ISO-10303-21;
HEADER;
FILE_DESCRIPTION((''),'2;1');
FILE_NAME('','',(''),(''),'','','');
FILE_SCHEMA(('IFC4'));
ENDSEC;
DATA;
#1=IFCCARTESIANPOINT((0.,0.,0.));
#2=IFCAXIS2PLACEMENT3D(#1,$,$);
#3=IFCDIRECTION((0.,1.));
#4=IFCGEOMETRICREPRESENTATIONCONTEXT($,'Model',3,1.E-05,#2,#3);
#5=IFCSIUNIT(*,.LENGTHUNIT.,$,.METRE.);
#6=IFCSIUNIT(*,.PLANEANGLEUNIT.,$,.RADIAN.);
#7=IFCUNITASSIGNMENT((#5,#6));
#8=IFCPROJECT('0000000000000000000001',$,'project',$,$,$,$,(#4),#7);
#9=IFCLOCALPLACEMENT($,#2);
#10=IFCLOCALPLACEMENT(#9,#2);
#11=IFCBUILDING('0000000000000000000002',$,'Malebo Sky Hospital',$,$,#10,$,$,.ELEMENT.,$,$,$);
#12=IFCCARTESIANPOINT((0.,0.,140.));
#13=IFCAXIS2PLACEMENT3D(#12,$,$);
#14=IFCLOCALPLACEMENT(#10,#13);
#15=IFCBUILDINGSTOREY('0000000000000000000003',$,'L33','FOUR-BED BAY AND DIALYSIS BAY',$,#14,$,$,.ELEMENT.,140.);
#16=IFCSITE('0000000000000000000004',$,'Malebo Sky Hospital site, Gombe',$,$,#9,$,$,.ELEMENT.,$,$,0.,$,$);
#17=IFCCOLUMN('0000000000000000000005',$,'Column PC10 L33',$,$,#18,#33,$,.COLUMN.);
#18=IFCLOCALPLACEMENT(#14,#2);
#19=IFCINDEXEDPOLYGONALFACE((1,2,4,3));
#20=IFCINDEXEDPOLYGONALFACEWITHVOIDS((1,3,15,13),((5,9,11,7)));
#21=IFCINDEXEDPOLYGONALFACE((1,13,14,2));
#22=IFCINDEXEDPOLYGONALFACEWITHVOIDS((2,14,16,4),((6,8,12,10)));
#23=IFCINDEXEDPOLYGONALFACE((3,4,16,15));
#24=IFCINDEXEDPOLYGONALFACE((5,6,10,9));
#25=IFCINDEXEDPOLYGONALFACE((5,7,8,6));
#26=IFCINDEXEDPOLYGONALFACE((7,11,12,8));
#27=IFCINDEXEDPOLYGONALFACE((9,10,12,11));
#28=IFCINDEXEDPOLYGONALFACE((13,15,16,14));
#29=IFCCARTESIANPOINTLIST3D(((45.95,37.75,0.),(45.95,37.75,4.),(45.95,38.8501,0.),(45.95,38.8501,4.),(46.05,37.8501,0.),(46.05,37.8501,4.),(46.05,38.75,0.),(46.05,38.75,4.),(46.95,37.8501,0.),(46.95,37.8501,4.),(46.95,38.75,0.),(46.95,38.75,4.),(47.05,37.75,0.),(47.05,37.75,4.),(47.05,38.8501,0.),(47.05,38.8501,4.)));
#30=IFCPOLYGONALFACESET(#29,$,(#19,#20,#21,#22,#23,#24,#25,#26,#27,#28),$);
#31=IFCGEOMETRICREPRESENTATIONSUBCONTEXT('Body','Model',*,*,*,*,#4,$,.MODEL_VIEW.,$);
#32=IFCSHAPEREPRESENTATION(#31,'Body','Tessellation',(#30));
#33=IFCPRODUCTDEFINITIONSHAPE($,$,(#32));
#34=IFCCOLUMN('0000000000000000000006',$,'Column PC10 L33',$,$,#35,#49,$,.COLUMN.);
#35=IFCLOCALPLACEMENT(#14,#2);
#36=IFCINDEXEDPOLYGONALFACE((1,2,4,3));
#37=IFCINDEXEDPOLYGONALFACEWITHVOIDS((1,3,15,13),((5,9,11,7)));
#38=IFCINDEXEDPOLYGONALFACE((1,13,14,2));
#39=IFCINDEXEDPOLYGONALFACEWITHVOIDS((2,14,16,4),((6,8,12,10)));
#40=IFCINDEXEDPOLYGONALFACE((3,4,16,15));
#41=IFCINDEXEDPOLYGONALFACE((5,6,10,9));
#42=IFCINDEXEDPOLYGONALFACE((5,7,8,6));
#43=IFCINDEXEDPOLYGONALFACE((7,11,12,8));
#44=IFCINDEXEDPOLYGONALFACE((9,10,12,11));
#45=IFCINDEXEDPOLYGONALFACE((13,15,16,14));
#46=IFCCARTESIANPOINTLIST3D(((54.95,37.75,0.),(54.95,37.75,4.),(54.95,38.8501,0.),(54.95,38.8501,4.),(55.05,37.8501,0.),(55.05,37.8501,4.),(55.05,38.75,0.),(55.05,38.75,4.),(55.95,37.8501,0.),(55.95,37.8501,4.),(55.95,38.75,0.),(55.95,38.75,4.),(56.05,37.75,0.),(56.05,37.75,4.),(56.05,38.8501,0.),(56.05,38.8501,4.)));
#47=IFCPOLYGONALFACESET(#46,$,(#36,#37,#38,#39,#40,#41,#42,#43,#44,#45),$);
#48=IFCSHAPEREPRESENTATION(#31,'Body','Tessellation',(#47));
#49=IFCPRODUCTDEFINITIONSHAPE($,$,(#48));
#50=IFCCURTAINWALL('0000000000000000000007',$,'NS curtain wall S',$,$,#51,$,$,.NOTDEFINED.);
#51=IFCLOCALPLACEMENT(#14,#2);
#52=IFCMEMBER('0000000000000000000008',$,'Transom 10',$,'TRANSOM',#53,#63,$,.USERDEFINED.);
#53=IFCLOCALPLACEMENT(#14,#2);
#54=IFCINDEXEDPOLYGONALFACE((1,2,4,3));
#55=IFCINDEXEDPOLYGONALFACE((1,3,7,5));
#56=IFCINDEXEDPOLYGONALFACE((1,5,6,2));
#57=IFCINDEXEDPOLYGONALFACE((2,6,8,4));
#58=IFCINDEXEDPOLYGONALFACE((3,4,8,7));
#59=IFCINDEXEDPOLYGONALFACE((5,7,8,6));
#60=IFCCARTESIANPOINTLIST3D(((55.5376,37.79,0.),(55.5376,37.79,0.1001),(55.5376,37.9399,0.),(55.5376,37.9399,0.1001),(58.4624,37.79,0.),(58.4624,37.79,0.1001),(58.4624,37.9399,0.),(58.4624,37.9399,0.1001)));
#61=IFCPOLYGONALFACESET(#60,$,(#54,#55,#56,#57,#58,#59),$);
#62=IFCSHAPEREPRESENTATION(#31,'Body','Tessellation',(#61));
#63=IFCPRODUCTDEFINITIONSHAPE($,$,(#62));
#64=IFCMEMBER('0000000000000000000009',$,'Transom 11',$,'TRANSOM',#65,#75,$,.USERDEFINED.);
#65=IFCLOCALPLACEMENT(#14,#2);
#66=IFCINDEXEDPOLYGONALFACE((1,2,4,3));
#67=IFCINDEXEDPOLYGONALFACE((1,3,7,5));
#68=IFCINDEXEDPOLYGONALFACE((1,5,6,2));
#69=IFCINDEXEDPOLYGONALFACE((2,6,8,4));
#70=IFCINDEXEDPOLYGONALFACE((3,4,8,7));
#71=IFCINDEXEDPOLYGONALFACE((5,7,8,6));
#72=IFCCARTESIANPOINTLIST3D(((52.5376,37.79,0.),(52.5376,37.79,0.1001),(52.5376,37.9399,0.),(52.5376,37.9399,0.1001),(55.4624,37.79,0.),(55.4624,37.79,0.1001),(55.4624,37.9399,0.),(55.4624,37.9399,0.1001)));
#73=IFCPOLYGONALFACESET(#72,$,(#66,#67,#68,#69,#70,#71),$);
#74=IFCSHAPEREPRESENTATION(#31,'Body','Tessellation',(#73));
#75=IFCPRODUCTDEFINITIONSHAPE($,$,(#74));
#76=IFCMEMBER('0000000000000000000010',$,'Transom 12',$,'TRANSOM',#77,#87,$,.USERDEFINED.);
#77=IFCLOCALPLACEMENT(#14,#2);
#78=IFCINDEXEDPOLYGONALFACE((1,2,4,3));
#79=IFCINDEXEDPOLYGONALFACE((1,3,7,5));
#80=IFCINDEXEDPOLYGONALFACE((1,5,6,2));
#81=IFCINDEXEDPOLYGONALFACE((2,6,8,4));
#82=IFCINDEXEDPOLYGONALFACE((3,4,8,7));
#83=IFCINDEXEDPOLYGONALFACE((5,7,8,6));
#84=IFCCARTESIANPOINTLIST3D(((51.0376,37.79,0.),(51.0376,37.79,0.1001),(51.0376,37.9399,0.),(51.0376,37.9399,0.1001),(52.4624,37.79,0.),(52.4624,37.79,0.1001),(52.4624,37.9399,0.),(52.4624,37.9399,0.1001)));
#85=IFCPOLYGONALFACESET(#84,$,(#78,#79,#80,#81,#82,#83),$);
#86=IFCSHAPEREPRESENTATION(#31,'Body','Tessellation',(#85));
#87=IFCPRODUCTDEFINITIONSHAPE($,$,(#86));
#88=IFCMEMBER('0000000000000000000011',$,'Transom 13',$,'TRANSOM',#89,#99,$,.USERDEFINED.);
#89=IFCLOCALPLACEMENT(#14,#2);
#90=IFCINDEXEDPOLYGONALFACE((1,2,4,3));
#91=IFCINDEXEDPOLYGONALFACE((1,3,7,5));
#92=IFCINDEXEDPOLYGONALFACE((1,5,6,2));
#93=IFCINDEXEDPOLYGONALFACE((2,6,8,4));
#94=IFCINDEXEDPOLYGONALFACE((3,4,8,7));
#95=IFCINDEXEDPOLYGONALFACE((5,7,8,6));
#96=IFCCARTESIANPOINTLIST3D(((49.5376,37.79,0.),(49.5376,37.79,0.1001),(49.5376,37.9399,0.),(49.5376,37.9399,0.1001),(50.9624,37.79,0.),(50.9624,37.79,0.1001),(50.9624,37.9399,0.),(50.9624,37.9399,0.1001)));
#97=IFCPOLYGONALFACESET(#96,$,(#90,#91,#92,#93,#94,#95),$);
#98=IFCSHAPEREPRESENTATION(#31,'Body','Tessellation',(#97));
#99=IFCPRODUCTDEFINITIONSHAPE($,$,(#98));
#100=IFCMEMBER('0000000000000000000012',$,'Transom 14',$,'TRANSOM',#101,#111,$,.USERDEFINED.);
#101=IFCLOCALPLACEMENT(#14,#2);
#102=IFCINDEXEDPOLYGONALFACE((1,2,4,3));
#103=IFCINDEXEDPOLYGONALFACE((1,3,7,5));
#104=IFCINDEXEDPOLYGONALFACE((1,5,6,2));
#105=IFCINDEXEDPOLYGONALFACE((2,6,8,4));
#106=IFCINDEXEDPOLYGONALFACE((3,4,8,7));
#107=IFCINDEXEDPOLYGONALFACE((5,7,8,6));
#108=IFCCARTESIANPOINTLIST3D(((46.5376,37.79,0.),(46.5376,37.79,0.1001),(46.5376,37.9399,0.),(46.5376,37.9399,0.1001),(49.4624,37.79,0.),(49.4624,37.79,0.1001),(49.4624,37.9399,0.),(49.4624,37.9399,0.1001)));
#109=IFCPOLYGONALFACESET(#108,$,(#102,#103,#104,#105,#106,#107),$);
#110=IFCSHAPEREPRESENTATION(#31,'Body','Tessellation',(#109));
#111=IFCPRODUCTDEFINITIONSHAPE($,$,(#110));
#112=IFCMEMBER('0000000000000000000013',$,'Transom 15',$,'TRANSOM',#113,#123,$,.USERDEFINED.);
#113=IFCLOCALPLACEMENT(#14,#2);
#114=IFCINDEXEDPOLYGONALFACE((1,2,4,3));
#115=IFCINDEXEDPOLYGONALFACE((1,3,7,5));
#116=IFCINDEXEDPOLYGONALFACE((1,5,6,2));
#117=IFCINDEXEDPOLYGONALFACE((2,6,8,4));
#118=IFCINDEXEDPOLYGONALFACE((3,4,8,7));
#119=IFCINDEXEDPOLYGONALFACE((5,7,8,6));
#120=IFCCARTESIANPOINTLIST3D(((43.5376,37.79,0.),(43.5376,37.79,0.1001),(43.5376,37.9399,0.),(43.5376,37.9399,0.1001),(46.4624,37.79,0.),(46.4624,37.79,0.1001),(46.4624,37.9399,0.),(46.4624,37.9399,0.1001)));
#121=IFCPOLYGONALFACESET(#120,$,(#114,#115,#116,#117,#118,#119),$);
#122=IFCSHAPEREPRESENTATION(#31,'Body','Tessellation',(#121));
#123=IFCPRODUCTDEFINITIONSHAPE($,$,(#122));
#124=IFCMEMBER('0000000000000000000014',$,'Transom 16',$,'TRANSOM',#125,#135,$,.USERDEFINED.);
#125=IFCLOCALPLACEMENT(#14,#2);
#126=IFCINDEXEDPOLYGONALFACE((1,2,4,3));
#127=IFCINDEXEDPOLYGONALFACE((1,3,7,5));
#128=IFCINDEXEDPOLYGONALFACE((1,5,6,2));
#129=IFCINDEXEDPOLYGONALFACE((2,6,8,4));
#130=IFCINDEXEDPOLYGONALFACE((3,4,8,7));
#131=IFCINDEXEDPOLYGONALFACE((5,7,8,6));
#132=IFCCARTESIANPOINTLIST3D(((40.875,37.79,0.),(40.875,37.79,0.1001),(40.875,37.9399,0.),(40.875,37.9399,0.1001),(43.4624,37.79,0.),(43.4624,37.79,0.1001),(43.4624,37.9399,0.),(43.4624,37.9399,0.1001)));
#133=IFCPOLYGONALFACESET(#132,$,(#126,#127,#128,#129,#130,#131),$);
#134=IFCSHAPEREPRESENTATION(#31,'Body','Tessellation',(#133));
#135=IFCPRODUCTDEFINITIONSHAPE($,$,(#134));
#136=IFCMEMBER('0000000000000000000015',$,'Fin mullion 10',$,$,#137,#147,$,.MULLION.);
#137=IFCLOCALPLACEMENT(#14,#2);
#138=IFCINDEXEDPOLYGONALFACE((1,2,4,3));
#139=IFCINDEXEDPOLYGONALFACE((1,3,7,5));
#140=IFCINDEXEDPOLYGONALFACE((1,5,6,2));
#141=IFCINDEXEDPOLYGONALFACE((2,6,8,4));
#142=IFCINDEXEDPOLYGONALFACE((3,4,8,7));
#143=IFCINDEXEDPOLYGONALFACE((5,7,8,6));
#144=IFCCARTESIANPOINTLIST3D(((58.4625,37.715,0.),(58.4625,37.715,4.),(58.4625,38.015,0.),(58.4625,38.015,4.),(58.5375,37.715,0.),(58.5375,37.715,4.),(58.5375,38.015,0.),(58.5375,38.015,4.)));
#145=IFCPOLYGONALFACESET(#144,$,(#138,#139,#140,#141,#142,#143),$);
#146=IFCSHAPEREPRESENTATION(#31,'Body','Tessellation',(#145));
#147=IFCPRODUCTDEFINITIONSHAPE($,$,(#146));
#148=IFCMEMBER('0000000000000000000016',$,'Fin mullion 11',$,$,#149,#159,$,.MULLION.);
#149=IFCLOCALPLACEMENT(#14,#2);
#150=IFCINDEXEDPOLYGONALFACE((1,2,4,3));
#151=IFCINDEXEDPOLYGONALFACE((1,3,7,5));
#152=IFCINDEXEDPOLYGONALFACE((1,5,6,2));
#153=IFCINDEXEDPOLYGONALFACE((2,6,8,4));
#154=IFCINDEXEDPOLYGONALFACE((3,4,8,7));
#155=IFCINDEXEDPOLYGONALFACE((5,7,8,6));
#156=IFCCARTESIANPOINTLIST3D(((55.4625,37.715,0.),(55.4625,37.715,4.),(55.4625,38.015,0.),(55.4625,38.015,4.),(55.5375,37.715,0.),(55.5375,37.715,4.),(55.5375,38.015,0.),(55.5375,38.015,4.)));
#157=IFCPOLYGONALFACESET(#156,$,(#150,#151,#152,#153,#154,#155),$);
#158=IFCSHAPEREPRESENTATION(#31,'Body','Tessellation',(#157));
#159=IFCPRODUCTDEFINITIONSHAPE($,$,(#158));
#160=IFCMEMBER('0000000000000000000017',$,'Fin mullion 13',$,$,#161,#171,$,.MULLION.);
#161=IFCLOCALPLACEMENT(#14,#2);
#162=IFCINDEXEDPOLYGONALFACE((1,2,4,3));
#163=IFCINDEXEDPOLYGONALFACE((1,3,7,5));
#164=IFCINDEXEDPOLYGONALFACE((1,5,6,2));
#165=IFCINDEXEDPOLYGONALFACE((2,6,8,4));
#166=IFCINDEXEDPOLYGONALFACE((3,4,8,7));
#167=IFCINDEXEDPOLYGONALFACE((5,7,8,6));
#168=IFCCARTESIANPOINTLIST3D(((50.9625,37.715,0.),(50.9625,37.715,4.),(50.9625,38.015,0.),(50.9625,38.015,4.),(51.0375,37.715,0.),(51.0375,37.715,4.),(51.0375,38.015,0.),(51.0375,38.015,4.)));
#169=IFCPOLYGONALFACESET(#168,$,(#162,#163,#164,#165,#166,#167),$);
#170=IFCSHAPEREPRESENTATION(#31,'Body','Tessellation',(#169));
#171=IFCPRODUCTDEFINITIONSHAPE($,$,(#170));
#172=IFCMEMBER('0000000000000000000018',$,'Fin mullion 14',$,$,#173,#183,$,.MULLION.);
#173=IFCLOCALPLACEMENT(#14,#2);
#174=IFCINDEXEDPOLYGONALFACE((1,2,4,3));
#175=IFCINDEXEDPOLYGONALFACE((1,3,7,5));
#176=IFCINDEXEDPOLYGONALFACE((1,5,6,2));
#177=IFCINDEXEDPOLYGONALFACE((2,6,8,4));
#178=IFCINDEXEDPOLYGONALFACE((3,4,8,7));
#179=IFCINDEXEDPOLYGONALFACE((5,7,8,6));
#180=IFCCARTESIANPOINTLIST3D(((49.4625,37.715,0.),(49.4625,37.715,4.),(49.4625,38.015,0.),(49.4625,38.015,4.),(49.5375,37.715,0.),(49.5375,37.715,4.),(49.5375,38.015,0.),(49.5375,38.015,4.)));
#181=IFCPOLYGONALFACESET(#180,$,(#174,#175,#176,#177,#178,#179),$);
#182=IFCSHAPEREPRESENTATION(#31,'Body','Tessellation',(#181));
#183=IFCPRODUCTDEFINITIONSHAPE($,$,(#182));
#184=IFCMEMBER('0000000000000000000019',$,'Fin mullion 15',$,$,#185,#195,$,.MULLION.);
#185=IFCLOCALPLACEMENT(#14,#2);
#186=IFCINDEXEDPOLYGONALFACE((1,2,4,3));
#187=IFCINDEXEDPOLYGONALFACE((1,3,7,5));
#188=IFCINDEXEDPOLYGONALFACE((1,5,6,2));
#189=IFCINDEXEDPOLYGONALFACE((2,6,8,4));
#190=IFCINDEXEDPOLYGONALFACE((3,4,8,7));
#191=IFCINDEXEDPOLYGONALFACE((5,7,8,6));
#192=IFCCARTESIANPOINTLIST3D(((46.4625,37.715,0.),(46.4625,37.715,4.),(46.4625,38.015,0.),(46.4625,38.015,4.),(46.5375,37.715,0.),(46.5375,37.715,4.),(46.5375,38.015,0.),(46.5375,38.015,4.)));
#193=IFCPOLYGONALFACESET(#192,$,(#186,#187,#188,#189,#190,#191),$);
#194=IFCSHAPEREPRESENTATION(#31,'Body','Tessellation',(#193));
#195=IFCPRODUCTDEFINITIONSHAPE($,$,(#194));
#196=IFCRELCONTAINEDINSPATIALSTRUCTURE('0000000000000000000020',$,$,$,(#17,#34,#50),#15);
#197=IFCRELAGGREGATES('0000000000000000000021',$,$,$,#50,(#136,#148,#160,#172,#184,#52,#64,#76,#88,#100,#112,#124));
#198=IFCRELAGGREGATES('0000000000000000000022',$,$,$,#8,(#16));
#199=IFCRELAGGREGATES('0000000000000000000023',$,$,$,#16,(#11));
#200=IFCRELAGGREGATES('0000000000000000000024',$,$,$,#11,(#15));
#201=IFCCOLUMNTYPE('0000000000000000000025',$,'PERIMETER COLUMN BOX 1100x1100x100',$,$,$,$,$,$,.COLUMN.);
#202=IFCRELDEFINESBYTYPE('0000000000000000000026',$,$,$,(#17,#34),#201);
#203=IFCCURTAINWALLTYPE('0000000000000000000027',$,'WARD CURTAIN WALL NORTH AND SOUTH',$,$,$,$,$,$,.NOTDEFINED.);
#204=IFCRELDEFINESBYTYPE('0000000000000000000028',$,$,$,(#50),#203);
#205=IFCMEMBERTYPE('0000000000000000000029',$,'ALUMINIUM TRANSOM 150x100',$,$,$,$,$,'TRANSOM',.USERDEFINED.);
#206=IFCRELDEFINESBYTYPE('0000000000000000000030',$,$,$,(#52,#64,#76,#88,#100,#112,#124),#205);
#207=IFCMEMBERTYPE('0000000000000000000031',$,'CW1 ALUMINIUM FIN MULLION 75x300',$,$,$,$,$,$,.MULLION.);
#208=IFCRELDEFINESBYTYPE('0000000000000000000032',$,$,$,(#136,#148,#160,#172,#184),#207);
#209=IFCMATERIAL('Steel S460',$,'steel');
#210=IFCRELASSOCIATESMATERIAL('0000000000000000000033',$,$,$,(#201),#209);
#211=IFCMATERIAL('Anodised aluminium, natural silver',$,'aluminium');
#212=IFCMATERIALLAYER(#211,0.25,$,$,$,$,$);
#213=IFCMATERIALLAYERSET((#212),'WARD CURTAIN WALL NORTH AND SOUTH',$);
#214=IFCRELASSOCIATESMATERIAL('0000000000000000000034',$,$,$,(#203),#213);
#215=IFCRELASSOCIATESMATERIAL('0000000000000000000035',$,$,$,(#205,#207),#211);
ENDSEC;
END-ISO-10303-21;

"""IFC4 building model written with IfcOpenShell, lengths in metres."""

from ifc_helpers import new_model, si_unit, direction, frame, origin, origin_2d, place, context, subcontext, project, spatial, rectangle, hollow_rectangle, extrude, material, layer, layer_set, material_profile, profile_set, type_object, element, aggregate, save


model = new_model("IFC4")

# Units and contexts
model_context = context("Model", 3, precision=1e-05, world=origin(), true_north=direction((0.0, 1.0)))
body_context = subcontext(model_context, "Body", "Model", "MODEL_VIEW")
ifc_project = project(units=[si_unit("LENGTHUNIT", "METRE"), si_unit("PLANEANGLEUNIT", "RADIAN")], contexts=[model_context])

# Site, building, storey
site_placement = place(None, origin())
site = spatial("IfcSite", under=ifc_project, at=site_placement, Name="Malebo Sky Hospital site, Gombe", CompositionType="ELEMENT", RefElevation=0.0)
building_placement = place(site_placement, origin())
building = spatial("IfcBuilding", under=site, at=building_placement, Name="Malebo Sky Hospital", CompositionType="ELEMENT")
storey_placement = place(building_placement, frame((0.0, 0.0, 140.0)))
storey = spatial("IfcBuildingStorey", under=building, at=storey_placement, Name="L33", Description="FOUR-BED BAY AND DIALYSIS BAY", CompositionType="ELEMENT", Elevation=140.0)

# Columns
ifc_material_1 = material(Name="Steel S460", Category="steel")
ifc_material_profile_1 = material_profile(ifc_material_1, hollow_rectangle(XDim=1.1001, YDim=1.1001, WallThickness=0.1001, at=origin_2d()), Name="BOX 1100x1100x100")
ifc_profile_set_1 = profile_set([ifc_material_profile_1], Name="Steel S460")
column_type = type_object("IfcColumnType", Name="PERIMETER COLUMN BOX 1100x1100x100", PredefinedType="COLUMN", material=ifc_profile_set_1)
for number, where, z_axis, x_axis, name in (
    (1, (46.5, 38.3, 0.0), (0.0, 0.0, 1.0), (1.0, 0.0, 0.0), "Column PC10 L33"),
    (2, (55.5, 38.3, 0.0), (0.0, 0.0, 1.0), (1.0, 0.0, 0.0), "Column PC10 L33"),
):
    element("IfcColumn", number, at=place(storey_placement, frame(where, z_axis=z_axis, x_axis=x_axis)), inside=storey, type_object=column_type, Name=name, PredefinedType="COLUMN", context=body_context, shape_type="SweptSolid", body=[
        extrude(hollow_rectangle(XDim=1.1001, YDim=1.1001, WallThickness=0.1001, at=origin_2d()), origin(), (0.0, 0.0, 1.0), 4.0),
    ])

# Curtain wall, members
ifc_material_2 = material(Name="Anodised aluminium, natural silver", Category="aluminium")
ifc_layer_1 = layer(ifc_material_2, 0.25)
ifc_layer_set_1 = layer_set([ifc_layer_1], Name="WARD CURTAIN WALL NORTH AND SOUTH")
curtain_wall_type = type_object("IfcCurtainWallType", Name="WARD CURTAIN WALL NORTH AND SOUTH", PredefinedType="NOTDEFINED", material=ifc_layer_set_1)
curtain_wall_placement = place(storey_placement, origin())
curtain_wall = element("IfcCurtainWall", 3, at=curtain_wall_placement, inside=storey, type_object=curtain_wall_type, Name="NS curtain wall S", PredefinedType="NOTDEFINED")
ifc_material_profile_2 = material_profile(ifc_material_2, rectangle(XDim=0.1499, YDim=0.1001, at=origin_2d()), Name="ALUMINIUM TRANSOM 150x100")
ifc_profile_set_2 = profile_set([ifc_material_profile_2], Name="Anodised aluminium, natural silver")
member_type_1 = type_object("IfcMemberType", Name="ALUMINIUM TRANSOM 150x100", ElementType="TRANSOM", PredefinedType="USERDEFINED", material=ifc_profile_set_2)
member_1_placement = place(storey_placement, frame((58.4624, 37.865, 0.05), z_axis=(-1.0, 0.0, 0.0), x_axis=(0.0, -1.0, 0.0)))
member_1 = element("IfcMember", 4, at=member_1_placement, type_object=member_type_1, Name="Transom 10", ObjectType="TRANSOM", PredefinedType="USERDEFINED", context=body_context, shape_type="SweptSolid", body=[
    extrude(rectangle(XDim=0.1499, YDim=0.1001, at=origin_2d()), origin(), (0.0, 0.0, 1.0), 2.9248),
])
member_2_placement = place(storey_placement, frame((55.4624, 37.865, 0.05), z_axis=(-1.0, 0.0, 0.0), x_axis=(0.0, -1.0, 0.0)))
member_2 = element("IfcMember", 5, at=member_2_placement, type_object=member_type_1, Name="Transom 11", ObjectType="TRANSOM", PredefinedType="USERDEFINED", context=body_context, shape_type="SweptSolid", body=[
    extrude(rectangle(XDim=0.1499, YDim=0.1001, at=origin_2d()), origin(), (0.0, 0.0, 1.0), 2.9248),
])
member_3_placement = place(storey_placement, frame((52.4624, 37.865, 0.05), z_axis=(-1.0, 0.0, 0.0), x_axis=(0.0, -1.0, 0.0)))
member_3 = element("IfcMember", 6, at=member_3_placement, type_object=member_type_1, Name="Transom 12", ObjectType="TRANSOM", PredefinedType="USERDEFINED", context=body_context, shape_type="SweptSolid", body=[
    extrude(rectangle(XDim=0.1499, YDim=0.1001, at=origin_2d()), origin(), (0.0, 0.0, 1.0), 1.4248),
])
member_4_placement = place(storey_placement, frame((50.9624, 37.865, 0.05), z_axis=(-1.0, 0.0, 0.0), x_axis=(0.0, -1.0, 0.0)))
member_4 = element("IfcMember", 7, at=member_4_placement, type_object=member_type_1, Name="Transom 13", ObjectType="TRANSOM", PredefinedType="USERDEFINED", context=body_context, shape_type="SweptSolid", body=[
    extrude(rectangle(XDim=0.1499, YDim=0.1001, at=origin_2d()), origin(), (0.0, 0.0, 1.0), 1.4248),
])
member_5_placement = place(storey_placement, frame((49.4624, 37.865, 0.05), z_axis=(-1.0, 0.0, 0.0), x_axis=(0.0, -1.0, 0.0)))
member_5 = element("IfcMember", 8, at=member_5_placement, type_object=member_type_1, Name="Transom 14", ObjectType="TRANSOM", PredefinedType="USERDEFINED", context=body_context, shape_type="SweptSolid", body=[
    extrude(rectangle(XDim=0.1499, YDim=0.1001, at=origin_2d()), origin(), (0.0, 0.0, 1.0), 2.9248),
])
member_6_placement = place(storey_placement, frame((46.4624, 37.865, 0.05), z_axis=(-1.0, 0.0, 0.0), x_axis=(0.0, -1.0, 0.0)))
member_6 = element("IfcMember", 9, at=member_6_placement, type_object=member_type_1, Name="Transom 15", ObjectType="TRANSOM", PredefinedType="USERDEFINED", context=body_context, shape_type="SweptSolid", body=[
    extrude(rectangle(XDim=0.1499, YDim=0.1001, at=origin_2d()), origin(), (0.0, 0.0, 1.0), 2.9248),
])
member_7_placement = place(storey_placement, frame((43.4624, 37.865, 0.05), z_axis=(-1.0, 0.0, 0.0), x_axis=(0.0, -1.0, 0.0)))
member_7 = element("IfcMember", 10, at=member_7_placement, type_object=member_type_1, Name="Transom 16", ObjectType="TRANSOM", PredefinedType="USERDEFINED", context=body_context, shape_type="SweptSolid", body=[
    extrude(rectangle(XDim=0.1499, YDim=0.1001, at=origin_2d()), origin(), (0.0, 0.0, 1.0), 2.5874),
])
ifc_material_profile_3 = material_profile(ifc_material_2, rectangle(XDim=0.075, YDim=0.3, at=origin_2d()), Name="CW1 ALUMINIUM FIN MULLION 75x300")
ifc_profile_set_3 = profile_set([ifc_material_profile_3], Name="Anodised aluminium, natural silver")
member_type_2 = type_object("IfcMemberType", Name="CW1 ALUMINIUM FIN MULLION 75x300", PredefinedType="MULLION", material=ifc_profile_set_3)
member_8_placement = place(storey_placement, frame((58.5, 37.865, 0.0), z_axis=(0.0, 0.0, 1.0), x_axis=(-1.0, 0.0, 0.0)))
member_8 = element("IfcMember", 11, at=member_8_placement, type_object=member_type_2, Name="Fin mullion 10", PredefinedType="MULLION", context=body_context, shape_type="SweptSolid", body=[
    extrude(rectangle(XDim=0.075, YDim=0.3, at=origin_2d()), origin(), (0.0, 0.0, 1.0), 4.0),
])
member_9_placement = place(storey_placement, frame((55.5, 37.865, 0.0), z_axis=(0.0, 0.0, 1.0), x_axis=(-1.0, 0.0, 0.0)))
member_9 = element("IfcMember", 12, at=member_9_placement, type_object=member_type_2, Name="Fin mullion 11", PredefinedType="MULLION", context=body_context, shape_type="SweptSolid", body=[
    extrude(rectangle(XDim=0.075, YDim=0.3, at=origin_2d()), origin(), (0.0, 0.0, 1.0), 4.0),
])
member_10_placement = place(storey_placement, frame((51.0, 37.865, 0.0), z_axis=(0.0, 0.0, 1.0), x_axis=(-1.0, 0.0, 0.0)))
member_10 = element("IfcMember", 13, at=member_10_placement, type_object=member_type_2, Name="Fin mullion 13", PredefinedType="MULLION", context=body_context, shape_type="SweptSolid", body=[
    extrude(rectangle(XDim=0.075, YDim=0.3, at=origin_2d()), origin(), (0.0, 0.0, 1.0), 4.0),
])
member_11_placement = place(storey_placement, frame((49.5, 37.865, 0.0), z_axis=(0.0, 0.0, 1.0), x_axis=(-1.0, 0.0, 0.0)))
member_11 = element("IfcMember", 14, at=member_11_placement, type_object=member_type_2, Name="Fin mullion 14", PredefinedType="MULLION", context=body_context, shape_type="SweptSolid", body=[
    extrude(rectangle(XDim=0.075, YDim=0.3, at=origin_2d()), origin(), (0.0, 0.0, 1.0), 4.0),
])
member_12_placement = place(storey_placement, frame((46.5, 37.865, 0.0), z_axis=(0.0, 0.0, 1.0), x_axis=(-1.0, 0.0, 0.0)))
member_12 = element("IfcMember", 15, at=member_12_placement, type_object=member_type_2, Name="Fin mullion 15", PredefinedType="MULLION", context=body_context, shape_type="SweptSolid", body=[
    extrude(rectangle(XDim=0.075, YDim=0.3, at=origin_2d()), origin(), (0.0, 0.0, 1.0), 4.0),
])

aggregate(curtain_wall, [member_8, member_9, member_10, member_11, member_12, member_1, member_2, member_3, member_4, member_5, member_6, member_7])

save(model, "model.ifc")
